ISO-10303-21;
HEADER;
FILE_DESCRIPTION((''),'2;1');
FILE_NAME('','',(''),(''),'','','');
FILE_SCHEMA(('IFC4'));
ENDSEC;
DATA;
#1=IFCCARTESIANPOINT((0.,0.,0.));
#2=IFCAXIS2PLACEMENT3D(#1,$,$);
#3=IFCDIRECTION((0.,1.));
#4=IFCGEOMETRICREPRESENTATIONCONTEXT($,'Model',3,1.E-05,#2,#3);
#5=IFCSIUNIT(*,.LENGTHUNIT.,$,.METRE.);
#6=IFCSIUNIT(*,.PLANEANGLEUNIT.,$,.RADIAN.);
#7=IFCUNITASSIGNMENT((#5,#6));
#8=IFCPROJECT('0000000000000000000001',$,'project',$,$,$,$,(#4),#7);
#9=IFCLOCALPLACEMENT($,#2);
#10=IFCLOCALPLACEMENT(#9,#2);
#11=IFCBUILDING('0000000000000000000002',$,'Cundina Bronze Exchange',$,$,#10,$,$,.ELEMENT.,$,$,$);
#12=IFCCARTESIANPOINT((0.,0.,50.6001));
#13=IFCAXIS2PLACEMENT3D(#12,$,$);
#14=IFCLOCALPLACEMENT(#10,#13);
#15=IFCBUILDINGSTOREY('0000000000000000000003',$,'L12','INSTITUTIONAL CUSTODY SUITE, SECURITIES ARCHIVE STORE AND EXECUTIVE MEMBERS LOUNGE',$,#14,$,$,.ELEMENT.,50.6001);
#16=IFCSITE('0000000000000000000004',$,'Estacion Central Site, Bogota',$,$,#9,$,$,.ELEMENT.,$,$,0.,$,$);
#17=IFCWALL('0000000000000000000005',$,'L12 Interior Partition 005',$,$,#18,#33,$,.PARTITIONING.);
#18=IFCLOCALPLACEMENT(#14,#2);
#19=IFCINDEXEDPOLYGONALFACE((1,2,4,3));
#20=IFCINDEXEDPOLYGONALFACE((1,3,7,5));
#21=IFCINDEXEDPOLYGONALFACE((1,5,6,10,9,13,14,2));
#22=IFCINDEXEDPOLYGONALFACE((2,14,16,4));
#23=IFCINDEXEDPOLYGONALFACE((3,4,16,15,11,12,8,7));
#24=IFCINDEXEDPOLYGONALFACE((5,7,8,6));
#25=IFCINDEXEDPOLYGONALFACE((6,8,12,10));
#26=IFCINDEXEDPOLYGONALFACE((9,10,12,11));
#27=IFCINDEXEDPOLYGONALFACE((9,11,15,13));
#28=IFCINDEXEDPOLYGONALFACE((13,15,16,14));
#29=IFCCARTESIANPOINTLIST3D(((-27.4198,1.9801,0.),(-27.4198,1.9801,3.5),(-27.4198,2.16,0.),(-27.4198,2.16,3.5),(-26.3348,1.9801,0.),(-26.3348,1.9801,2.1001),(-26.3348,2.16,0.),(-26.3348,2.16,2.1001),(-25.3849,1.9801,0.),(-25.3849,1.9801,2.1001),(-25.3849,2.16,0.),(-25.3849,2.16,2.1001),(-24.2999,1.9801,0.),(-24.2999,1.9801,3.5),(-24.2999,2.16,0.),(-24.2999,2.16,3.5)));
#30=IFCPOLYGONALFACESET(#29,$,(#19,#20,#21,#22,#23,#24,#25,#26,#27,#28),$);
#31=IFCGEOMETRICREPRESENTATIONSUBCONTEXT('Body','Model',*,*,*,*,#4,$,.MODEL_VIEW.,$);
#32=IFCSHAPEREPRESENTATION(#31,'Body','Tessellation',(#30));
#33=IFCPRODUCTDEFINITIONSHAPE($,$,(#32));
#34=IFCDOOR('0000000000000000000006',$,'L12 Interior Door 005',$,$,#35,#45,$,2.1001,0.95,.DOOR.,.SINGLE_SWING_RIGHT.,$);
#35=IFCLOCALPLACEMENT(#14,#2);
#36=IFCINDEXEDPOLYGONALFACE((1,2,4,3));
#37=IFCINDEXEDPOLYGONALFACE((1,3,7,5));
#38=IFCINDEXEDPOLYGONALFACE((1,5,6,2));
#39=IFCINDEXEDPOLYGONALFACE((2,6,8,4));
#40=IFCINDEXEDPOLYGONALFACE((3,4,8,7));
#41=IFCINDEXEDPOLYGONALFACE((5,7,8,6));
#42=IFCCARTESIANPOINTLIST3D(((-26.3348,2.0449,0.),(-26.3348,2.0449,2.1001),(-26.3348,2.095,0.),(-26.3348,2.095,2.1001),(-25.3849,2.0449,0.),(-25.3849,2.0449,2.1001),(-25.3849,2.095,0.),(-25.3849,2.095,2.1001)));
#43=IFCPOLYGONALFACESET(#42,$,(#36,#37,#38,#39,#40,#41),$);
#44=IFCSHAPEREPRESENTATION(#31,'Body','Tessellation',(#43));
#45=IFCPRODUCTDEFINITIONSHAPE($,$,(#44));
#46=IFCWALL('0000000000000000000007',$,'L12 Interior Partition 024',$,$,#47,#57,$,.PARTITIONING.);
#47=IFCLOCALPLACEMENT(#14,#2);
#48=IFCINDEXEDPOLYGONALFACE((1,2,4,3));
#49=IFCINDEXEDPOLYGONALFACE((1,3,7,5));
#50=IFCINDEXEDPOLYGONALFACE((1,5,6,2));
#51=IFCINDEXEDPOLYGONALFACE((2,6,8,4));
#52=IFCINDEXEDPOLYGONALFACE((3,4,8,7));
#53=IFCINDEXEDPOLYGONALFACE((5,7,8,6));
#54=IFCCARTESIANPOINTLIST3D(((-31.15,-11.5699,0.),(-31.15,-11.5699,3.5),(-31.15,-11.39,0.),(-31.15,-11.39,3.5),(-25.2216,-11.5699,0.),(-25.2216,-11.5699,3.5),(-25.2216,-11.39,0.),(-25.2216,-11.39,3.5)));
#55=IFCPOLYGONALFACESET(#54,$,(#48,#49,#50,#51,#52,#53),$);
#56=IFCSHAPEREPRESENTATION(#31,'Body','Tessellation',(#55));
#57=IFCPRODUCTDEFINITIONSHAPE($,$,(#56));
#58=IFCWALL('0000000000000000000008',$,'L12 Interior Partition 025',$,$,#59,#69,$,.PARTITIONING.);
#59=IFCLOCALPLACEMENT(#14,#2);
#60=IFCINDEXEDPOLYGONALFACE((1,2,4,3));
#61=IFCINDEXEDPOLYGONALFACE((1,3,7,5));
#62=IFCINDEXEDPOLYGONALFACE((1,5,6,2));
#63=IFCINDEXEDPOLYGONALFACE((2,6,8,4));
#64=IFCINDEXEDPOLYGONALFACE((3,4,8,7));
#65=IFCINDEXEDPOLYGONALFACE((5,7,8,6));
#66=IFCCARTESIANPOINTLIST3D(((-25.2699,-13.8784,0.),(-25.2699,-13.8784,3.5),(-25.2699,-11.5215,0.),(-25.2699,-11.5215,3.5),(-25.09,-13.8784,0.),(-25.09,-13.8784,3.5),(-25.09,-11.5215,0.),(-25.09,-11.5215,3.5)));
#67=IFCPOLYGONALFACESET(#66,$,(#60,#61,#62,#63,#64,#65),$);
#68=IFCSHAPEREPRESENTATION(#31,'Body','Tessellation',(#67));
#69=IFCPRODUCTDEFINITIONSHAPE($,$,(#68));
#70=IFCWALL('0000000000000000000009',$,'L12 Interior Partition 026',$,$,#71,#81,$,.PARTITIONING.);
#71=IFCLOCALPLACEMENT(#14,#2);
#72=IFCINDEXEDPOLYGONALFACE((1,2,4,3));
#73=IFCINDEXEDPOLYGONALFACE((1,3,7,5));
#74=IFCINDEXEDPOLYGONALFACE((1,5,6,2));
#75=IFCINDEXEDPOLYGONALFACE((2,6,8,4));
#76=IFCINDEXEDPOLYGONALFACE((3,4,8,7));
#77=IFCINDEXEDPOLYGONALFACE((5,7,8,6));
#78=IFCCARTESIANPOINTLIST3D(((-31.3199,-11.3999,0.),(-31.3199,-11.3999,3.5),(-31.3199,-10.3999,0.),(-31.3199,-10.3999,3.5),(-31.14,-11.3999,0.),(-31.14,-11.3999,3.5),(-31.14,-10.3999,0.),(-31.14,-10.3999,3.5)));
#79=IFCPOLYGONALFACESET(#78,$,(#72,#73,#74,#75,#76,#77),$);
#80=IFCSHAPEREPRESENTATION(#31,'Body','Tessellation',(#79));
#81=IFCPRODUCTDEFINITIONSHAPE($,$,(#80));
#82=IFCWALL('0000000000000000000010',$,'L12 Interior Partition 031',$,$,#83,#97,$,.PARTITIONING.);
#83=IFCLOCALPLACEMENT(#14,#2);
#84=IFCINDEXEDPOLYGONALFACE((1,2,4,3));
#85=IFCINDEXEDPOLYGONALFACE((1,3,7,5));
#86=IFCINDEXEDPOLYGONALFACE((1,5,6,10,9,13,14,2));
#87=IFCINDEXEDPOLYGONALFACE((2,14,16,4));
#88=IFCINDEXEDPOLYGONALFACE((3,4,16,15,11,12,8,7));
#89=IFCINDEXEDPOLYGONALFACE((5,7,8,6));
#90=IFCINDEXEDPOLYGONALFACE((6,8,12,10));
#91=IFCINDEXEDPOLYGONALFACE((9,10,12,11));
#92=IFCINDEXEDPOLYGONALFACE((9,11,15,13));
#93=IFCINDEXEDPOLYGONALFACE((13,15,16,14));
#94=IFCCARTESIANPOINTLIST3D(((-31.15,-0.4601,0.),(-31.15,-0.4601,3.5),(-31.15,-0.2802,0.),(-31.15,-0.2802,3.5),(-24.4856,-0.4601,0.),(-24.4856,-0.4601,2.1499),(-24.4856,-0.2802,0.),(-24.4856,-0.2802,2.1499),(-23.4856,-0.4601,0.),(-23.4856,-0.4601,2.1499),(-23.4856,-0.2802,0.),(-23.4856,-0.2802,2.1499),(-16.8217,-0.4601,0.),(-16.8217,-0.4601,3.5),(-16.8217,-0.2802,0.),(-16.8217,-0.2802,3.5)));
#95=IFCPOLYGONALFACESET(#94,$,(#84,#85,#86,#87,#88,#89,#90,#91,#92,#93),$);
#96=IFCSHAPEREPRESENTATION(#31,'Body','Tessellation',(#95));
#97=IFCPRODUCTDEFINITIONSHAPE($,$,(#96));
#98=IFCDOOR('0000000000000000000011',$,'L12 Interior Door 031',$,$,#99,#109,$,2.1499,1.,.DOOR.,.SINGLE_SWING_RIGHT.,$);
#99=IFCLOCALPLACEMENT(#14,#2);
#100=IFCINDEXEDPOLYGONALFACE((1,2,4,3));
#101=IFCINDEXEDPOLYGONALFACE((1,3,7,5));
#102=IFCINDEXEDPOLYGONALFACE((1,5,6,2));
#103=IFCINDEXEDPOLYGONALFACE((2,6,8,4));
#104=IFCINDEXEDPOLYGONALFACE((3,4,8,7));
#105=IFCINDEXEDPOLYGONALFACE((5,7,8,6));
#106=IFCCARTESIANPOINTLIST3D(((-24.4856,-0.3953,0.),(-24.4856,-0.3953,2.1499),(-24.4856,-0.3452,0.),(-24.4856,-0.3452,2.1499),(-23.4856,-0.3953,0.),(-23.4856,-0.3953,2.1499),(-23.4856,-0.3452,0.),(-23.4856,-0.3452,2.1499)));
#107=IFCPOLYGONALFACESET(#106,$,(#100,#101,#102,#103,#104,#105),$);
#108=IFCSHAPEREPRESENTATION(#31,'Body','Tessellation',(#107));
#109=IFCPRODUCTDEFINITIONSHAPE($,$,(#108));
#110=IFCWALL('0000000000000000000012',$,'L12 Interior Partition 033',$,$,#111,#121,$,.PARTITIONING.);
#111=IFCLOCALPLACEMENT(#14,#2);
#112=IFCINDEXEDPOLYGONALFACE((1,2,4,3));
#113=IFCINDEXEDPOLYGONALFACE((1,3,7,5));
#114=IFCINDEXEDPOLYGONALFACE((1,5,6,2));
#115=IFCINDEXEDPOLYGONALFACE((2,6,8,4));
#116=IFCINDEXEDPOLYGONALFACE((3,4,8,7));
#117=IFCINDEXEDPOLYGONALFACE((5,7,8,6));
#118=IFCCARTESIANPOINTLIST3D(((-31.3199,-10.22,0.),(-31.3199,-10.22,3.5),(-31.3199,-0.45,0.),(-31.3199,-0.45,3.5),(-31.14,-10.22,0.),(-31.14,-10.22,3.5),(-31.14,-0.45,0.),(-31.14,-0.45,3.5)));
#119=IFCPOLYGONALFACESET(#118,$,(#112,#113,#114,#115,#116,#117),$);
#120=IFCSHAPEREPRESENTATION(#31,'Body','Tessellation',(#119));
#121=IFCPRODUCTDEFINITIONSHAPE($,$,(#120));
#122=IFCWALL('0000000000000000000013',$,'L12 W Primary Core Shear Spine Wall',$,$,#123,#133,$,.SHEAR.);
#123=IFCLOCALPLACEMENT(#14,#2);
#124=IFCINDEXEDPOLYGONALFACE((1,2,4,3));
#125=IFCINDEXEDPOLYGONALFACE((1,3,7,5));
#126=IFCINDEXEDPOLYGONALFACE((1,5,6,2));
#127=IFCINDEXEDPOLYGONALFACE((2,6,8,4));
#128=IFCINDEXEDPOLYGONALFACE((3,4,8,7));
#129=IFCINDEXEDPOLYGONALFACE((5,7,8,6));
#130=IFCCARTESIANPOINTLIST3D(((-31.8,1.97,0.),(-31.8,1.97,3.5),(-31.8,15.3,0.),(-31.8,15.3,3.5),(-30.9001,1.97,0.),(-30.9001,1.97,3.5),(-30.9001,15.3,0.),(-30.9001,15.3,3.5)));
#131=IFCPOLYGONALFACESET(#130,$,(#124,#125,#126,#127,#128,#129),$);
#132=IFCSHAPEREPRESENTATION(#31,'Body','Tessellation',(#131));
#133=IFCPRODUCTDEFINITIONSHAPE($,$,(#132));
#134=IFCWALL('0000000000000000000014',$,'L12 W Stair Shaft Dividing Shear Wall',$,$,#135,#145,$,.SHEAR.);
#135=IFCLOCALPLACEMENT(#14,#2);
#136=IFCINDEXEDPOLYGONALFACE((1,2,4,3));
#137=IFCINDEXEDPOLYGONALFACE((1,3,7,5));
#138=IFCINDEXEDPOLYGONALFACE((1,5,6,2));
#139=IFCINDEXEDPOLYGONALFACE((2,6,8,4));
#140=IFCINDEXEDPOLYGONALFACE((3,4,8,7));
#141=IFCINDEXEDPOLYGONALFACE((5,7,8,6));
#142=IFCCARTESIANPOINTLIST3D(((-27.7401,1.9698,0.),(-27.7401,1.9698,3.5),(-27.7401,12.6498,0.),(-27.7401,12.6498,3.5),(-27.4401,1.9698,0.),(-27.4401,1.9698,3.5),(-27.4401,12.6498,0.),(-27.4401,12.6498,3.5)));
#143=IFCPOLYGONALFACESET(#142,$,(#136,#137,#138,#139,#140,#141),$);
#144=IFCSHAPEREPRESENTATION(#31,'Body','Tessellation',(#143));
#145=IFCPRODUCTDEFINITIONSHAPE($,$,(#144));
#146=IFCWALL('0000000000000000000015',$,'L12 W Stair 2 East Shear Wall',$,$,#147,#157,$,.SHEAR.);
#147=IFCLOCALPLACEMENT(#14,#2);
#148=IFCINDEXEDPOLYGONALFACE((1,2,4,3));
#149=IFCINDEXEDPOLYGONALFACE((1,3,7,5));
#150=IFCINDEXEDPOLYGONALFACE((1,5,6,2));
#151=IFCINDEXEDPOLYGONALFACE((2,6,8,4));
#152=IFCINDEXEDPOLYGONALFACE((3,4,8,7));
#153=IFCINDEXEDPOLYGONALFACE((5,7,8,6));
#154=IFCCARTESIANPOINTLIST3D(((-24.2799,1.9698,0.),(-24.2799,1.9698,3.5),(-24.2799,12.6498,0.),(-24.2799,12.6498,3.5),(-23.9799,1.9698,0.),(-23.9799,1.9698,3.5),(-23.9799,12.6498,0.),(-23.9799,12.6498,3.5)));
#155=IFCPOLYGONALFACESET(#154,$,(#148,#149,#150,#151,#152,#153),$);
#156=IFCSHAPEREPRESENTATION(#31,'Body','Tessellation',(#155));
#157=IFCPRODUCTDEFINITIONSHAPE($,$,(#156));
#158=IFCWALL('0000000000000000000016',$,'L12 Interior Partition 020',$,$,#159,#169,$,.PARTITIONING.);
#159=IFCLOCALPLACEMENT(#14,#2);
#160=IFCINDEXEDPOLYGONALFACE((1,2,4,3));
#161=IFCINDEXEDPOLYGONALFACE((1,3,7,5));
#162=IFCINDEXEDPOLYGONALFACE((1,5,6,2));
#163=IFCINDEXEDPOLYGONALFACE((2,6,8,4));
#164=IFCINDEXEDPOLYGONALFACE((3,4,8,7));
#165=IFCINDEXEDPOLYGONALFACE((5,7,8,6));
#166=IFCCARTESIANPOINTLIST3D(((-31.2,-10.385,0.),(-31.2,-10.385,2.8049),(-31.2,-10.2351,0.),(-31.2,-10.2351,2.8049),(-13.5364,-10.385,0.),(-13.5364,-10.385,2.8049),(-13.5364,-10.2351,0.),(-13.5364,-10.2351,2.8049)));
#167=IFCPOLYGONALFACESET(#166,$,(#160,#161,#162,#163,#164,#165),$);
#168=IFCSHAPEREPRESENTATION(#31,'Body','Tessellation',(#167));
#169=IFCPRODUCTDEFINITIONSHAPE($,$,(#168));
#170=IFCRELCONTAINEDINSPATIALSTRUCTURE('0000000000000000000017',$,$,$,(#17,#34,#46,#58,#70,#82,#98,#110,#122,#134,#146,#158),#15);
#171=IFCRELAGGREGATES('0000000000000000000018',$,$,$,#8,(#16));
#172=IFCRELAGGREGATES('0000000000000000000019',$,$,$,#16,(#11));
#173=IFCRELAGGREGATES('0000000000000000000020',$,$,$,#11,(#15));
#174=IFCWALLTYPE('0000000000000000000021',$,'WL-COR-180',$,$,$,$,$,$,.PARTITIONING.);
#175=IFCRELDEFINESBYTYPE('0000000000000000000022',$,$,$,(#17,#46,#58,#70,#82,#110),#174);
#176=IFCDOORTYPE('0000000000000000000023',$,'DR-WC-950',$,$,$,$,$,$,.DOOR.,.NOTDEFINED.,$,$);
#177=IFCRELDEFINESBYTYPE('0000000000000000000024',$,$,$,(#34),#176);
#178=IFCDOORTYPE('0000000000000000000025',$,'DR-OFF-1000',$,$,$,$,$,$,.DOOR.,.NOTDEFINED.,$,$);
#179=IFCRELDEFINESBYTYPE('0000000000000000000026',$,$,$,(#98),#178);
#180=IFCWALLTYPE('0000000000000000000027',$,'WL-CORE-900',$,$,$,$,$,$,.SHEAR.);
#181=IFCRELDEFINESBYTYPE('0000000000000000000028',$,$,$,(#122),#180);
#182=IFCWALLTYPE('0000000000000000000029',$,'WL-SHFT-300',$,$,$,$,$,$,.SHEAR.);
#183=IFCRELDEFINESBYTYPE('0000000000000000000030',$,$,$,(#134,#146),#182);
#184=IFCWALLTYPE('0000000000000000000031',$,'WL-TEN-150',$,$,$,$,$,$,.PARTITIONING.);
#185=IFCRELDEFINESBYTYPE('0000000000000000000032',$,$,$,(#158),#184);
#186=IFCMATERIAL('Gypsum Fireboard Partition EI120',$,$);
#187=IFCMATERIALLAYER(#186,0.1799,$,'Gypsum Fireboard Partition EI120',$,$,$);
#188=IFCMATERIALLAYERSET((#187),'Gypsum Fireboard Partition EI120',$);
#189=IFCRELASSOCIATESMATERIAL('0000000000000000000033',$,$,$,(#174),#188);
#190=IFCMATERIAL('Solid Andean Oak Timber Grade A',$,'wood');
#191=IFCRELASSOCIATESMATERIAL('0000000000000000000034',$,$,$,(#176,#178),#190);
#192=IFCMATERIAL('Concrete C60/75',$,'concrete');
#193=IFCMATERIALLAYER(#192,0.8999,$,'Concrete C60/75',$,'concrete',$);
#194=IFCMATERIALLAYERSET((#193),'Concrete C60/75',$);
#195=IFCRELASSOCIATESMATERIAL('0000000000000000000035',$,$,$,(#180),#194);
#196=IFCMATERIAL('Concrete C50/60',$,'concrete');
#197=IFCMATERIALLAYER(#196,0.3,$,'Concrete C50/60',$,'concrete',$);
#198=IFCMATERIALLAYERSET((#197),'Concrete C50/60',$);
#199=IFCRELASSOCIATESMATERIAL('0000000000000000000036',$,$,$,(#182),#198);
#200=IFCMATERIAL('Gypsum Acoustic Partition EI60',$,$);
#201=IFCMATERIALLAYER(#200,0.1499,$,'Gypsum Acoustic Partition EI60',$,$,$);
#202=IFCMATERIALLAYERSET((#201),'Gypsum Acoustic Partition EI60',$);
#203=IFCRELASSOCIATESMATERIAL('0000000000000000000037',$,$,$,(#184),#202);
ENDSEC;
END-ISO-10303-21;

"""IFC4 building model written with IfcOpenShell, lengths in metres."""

from ifc_helpers import new_model, si_unit, direction, frame, frame_2d, origin, place, context, subcontext, project, spatial, rectangle, extrude, material, layer, layer_set, type_object, element, fill, save


model = new_model("IFC4")

# Units and contexts
model_context = context("Model", 3, precision=1e-05, world=origin(), true_north=direction((0.0, 1.0)))
body_context = subcontext(model_context, "Body", "Model", "MODEL_VIEW")
ifc_project = project(units=[si_unit("LENGTHUNIT", "METRE"), si_unit("PLANEANGLEUNIT", "RADIAN")], contexts=[model_context])

# Site, building, storey
site_placement = place(None, origin())
site = spatial("IfcSite", under=ifc_project, at=site_placement, Name="Estacion Central Site, Bogota", CompositionType="ELEMENT", RefElevation=0.0)
building_placement = place(site_placement, origin())
building = spatial("IfcBuilding", under=site, at=building_placement, Name="Cundina Bronze Exchange", CompositionType="ELEMENT")
storey_placement = place(building_placement, frame((0.0, 0.0, 50.6001)))
storey = spatial("IfcBuildingStorey", under=building, at=storey_placement, Name="L12", Description="INSTITUTIONAL CUSTODY SUITE, SECURITIES ARCHIVE STORE AND EXECUTIVE MEMBERS LOUNGE", CompositionType="ELEMENT", Elevation=50.6001)

# Shared definitions
ifc_material_1 = material(Name="Concrete C60/75", Category="concrete")

# Wall, opening, door
ifc_material_2 = material(Name="Gypsum Fireboard Partition EI120")
ifc_layer_1 = layer(ifc_material_2, 0.1799, Name="Gypsum Fireboard Partition EI120")
ifc_layer_set_1 = layer_set([ifc_layer_1], Name="Gypsum Fireboard Partition EI120")
wall_type_1 = type_object("IfcWallType", Name="WL-COR-180", PredefinedType="PARTITIONING", material=ifc_layer_set_1)
wall_1_placement = place(storey_placement, frame((-27.4199, 2.0701, 0.0), z_axis=(0.0, 0.0, 1.0), x_axis=(1.0, 0.0, 0.0)))
wall_1 = element("IfcWall", 1, at=wall_1_placement, inside=storey, type_object=wall_type_1, Name="L12 Interior Partition 005", PredefinedType="PARTITIONING", context=body_context, shape_type="SweptSolid", body=[
    extrude(rectangle(XDim=3.1199, YDim=0.1799, at=frame_2d((1.5601, 0.0))), origin(), (0.0, 0.0, 1.0), 3.5),
])
opening_1_placement = place(wall_1_placement, frame((1.085, 0.0, 0.0)))
opening_1 = element("IfcOpeningElement", 2, at=opening_1_placement, cuts=wall_1, PredefinedType="OPENING", context=body_context, shape_type="SweptSolid", body=[
    extrude(rectangle(XDim=0.95, YDim=2.1001, at=frame_2d((0.4751, 1.05))), frame((0.0, 0.0999, 0.0), z_axis=(0.0, -1.0, 0.0), x_axis=(1.0, 0.0, 0.0)), (0.0, 0.0, 1.0), 0.2),
])
ifc_material_3 = material(Name="Solid Andean Oak Timber Grade A", Category="wood")
door_type_1 = type_object("IfcDoorType", Name="DR-WC-950", OperationType="NOTDEFINED", PredefinedType="DOOR", material=ifc_material_3)
door_1_placement = place(opening_1_placement, origin())
door_1 = element("IfcDoor", 3, at=door_1_placement, inside=storey, type_object=door_type_1, Name="L12 Interior Door 005", OperationType="SINGLE_SWING_RIGHT", OverallHeight=2.1001, OverallWidth=0.95, PredefinedType="DOOR", context=body_context, shape_type="SweptSolid", body=[
    extrude(rectangle(XDim=0.95, YDim=2.1001, at=frame_2d((0.4751, 1.05))), frame((0.0, 0.0249, 0.0), z_axis=(0.0, -1.0, 0.0), x_axis=(1.0, 0.0, 0.0)), (0.0, 0.0, 1.0), 0.05),
])
fill(opening_1, door_1)

# Walls
wall_2_placement = place(storey_placement, frame((-25.2214, -11.48, 0.0), z_axis=(0.0, 0.0, 1.0), x_axis=(-1.0, 0.0, 0.0)))
element("IfcWall", 4, at=wall_2_placement, inside=storey, type_object=wall_type_1, Name="L12 Interior Partition 024", PredefinedType="PARTITIONING", context=body_context, shape_type="SweptSolid", body=[
    extrude(rectangle(XDim=5.9285, YDim=0.1799, at=frame_2d((2.9644, 0.0))), origin(), (0.0, 0.0, 1.0), 3.5),
])
wall_3_placement = place(storey_placement, frame((-25.1799, -13.8784, 0.0), z_axis=(0.0, 0.0, 1.0), x_axis=(0.0, 1.0, 0.0)))
element("IfcWall", 5, at=wall_3_placement, inside=storey, type_object=wall_type_1, Name="L12 Interior Partition 025", PredefinedType="PARTITIONING", context=body_context, shape_type="SweptSolid", body=[
    extrude(rectangle(XDim=2.3569, YDim=0.1799, at=frame_2d((1.1785, 0.0))), origin(), (0.0, 0.0, 1.0), 3.5),
])
wall_4_placement = place(storey_placement, frame((-31.23, -11.3999, 0.0), z_axis=(0.0, 0.0, 1.0), x_axis=(0.0, 1.0, 0.0)))
element("IfcWall", 6, at=wall_4_placement, inside=storey, type_object=wall_type_1, Name="L12 Interior Partition 026", PredefinedType="PARTITIONING", context=body_context, shape_type="SweptSolid", body=[
    extrude(rectangle(XDim=1.0, YDim=0.1799, at=frame_2d((0.5, 0.0))), origin(), (0.0, 0.0, 1.0), 3.5),
])

# Wall, opening, door
wall_5_placement = place(storey_placement, frame((-31.1499, -0.3701, 0.0), z_axis=(0.0, 0.0, 1.0), x_axis=(1.0, 0.0, 0.0)))
wall_5 = element("IfcWall", 7, at=wall_5_placement, inside=storey, type_object=wall_type_1, Name="L12 Interior Partition 031", PredefinedType="PARTITIONING", context=body_context, shape_type="SweptSolid", body=[
    extrude(rectangle(XDim=14.3284, YDim=0.1799, at=frame_2d((7.1641, 0.0))), origin(), (0.0, 0.0, 1.0), 3.5),
])
opening_2_placement = place(wall_5_placement, frame((6.6643, 0.0, 0.0)))
opening_2 = element("IfcOpeningElement", 8, at=opening_2_placement, cuts=wall_5, PredefinedType="OPENING", context=body_context, shape_type="SweptSolid", body=[
    extrude(rectangle(XDim=1.0, YDim=2.1499, at=frame_2d((0.5, 1.075))), frame((0.0, 0.0999, 0.0), z_axis=(0.0, -1.0, 0.0), x_axis=(1.0, 0.0, 0.0)), (0.0, 0.0, 1.0), 0.2),
])
door_type_2 = type_object("IfcDoorType", Name="DR-OFF-1000", OperationType="NOTDEFINED", PredefinedType="DOOR", material=ifc_material_3)
door_2_placement = place(opening_2_placement, origin())
door_2 = element("IfcDoor", 9, at=door_2_placement, inside=storey, type_object=door_type_2, Name="L12 Interior Door 031", OperationType="SINGLE_SWING_RIGHT", OverallHeight=2.1499, OverallWidth=1.0, PredefinedType="DOOR", context=body_context, shape_type="SweptSolid", body=[
    extrude(rectangle(XDim=1.0, YDim=2.1499, at=frame_2d((0.5, 1.075))), frame((0.0, 0.0249, 0.0), z_axis=(0.0, -1.0, 0.0), x_axis=(1.0, 0.0, 0.0)), (0.0, 0.0, 1.0), 0.05),
])
fill(opening_2, door_2)

# Walls
wall_6_placement = place(storey_placement, frame((-31.23, -10.22, 0.0), z_axis=(0.0, 0.0, 1.0), x_axis=(0.0, 1.0, 0.0)))
element("IfcWall", 10, at=wall_6_placement, inside=storey, type_object=wall_type_1, Name="L12 Interior Partition 033", PredefinedType="PARTITIONING", context=body_context, shape_type="SweptSolid", body=[
    extrude(rectangle(XDim=9.77, YDim=0.1799, at=frame_2d((4.885, 0.0))), origin(), (0.0, 0.0, 1.0), 3.5),
])
ifc_layer_2 = layer(ifc_material_1, 0.8999, Name="Concrete C60/75", Category="concrete")
ifc_layer_set_2 = layer_set([ifc_layer_2], Name="Concrete C60/75")
wall_type_2 = type_object("IfcWallType", Name="WL-CORE-900", PredefinedType="SHEAR", material=ifc_layer_set_2)
wall_7_placement = place(storey_placement, frame((-31.3501, 1.97, 0.0), z_axis=(0.0, 0.0, 1.0), x_axis=(0.0, 1.0, 0.0)))
element("IfcWall", 11, at=wall_7_placement, inside=storey, type_object=wall_type_2, Name="L12 W Primary Core Shear Spine Wall", PredefinedType="SHEAR", context=body_context, shape_type="SweptSolid", body=[
    extrude(rectangle(XDim=13.3301, YDim=0.8999, at=frame_2d((6.665, 0.0))), origin(), (0.0, 0.0, 1.0), 3.5),
])
ifc_material_4 = material(Name="Concrete C50/60", Category="concrete")
ifc_layer_3 = layer(ifc_material_4, 0.3, Name="Concrete C50/60", Category="concrete")
ifc_layer_set_3 = layer_set([ifc_layer_3], Name="Concrete C50/60")
wall_type_3 = type_object("IfcWallType", Name="WL-SHFT-300", PredefinedType="SHEAR", material=ifc_layer_set_3)
for number, where, z_axis, x_axis, name in (
    (12, (-27.5901, 1.97, 0.0), (0.0, 0.0, 1.0), (0.0, 1.0, 0.0), "L12 W Stair Shaft Dividing Shear Wall"),
    (13, (-24.1299, 1.97, 0.0), (0.0, 0.0, 1.0), (0.0, 1.0, 0.0), "L12 W Stair 2 East Shear Wall"),
):
    element("IfcWall", number, at=place(storey_placement, frame(where, z_axis=z_axis, x_axis=x_axis)), inside=storey, type_object=wall_type_3, Name=name, PredefinedType="SHEAR", context=body_context, shape_type="SweptSolid", body=[
        extrude(rectangle(XDim=10.6799, YDim=0.3, at=frame_2d((5.3398, 0.0))), origin(), (0.0, 0.0, 1.0), 3.5),
    ])
ifc_material_5 = material(Name="Gypsum Acoustic Partition EI60")
ifc_layer_4 = layer(ifc_material_5, 0.1499, Name="Gypsum Acoustic Partition EI60")
ifc_layer_set_4 = layer_set([ifc_layer_4], Name="Gypsum Acoustic Partition EI60")
wall_type_4 = type_object("IfcWallType", Name="WL-TEN-150", PredefinedType="PARTITIONING", material=ifc_layer_set_4)
wall_8_placement = place(storey_placement, frame((-31.2, -10.3101, 0.0), z_axis=(0.0, 0.0, 1.0), x_axis=(1.0, 0.0, 0.0)))
element("IfcWall", 14, at=wall_8_placement, inside=storey, type_object=wall_type_4, Name="L12 Interior Partition 020", PredefinedType="PARTITIONING", context=body_context, shape_type="SweptSolid", body=[
    extrude(rectangle(XDim=17.6636, YDim=0.1499, at=frame_2d((8.8318, 0.0))), origin(), (0.0, 0.0, 1.0), 2.8049),
])

save(model, "model.ifc")
